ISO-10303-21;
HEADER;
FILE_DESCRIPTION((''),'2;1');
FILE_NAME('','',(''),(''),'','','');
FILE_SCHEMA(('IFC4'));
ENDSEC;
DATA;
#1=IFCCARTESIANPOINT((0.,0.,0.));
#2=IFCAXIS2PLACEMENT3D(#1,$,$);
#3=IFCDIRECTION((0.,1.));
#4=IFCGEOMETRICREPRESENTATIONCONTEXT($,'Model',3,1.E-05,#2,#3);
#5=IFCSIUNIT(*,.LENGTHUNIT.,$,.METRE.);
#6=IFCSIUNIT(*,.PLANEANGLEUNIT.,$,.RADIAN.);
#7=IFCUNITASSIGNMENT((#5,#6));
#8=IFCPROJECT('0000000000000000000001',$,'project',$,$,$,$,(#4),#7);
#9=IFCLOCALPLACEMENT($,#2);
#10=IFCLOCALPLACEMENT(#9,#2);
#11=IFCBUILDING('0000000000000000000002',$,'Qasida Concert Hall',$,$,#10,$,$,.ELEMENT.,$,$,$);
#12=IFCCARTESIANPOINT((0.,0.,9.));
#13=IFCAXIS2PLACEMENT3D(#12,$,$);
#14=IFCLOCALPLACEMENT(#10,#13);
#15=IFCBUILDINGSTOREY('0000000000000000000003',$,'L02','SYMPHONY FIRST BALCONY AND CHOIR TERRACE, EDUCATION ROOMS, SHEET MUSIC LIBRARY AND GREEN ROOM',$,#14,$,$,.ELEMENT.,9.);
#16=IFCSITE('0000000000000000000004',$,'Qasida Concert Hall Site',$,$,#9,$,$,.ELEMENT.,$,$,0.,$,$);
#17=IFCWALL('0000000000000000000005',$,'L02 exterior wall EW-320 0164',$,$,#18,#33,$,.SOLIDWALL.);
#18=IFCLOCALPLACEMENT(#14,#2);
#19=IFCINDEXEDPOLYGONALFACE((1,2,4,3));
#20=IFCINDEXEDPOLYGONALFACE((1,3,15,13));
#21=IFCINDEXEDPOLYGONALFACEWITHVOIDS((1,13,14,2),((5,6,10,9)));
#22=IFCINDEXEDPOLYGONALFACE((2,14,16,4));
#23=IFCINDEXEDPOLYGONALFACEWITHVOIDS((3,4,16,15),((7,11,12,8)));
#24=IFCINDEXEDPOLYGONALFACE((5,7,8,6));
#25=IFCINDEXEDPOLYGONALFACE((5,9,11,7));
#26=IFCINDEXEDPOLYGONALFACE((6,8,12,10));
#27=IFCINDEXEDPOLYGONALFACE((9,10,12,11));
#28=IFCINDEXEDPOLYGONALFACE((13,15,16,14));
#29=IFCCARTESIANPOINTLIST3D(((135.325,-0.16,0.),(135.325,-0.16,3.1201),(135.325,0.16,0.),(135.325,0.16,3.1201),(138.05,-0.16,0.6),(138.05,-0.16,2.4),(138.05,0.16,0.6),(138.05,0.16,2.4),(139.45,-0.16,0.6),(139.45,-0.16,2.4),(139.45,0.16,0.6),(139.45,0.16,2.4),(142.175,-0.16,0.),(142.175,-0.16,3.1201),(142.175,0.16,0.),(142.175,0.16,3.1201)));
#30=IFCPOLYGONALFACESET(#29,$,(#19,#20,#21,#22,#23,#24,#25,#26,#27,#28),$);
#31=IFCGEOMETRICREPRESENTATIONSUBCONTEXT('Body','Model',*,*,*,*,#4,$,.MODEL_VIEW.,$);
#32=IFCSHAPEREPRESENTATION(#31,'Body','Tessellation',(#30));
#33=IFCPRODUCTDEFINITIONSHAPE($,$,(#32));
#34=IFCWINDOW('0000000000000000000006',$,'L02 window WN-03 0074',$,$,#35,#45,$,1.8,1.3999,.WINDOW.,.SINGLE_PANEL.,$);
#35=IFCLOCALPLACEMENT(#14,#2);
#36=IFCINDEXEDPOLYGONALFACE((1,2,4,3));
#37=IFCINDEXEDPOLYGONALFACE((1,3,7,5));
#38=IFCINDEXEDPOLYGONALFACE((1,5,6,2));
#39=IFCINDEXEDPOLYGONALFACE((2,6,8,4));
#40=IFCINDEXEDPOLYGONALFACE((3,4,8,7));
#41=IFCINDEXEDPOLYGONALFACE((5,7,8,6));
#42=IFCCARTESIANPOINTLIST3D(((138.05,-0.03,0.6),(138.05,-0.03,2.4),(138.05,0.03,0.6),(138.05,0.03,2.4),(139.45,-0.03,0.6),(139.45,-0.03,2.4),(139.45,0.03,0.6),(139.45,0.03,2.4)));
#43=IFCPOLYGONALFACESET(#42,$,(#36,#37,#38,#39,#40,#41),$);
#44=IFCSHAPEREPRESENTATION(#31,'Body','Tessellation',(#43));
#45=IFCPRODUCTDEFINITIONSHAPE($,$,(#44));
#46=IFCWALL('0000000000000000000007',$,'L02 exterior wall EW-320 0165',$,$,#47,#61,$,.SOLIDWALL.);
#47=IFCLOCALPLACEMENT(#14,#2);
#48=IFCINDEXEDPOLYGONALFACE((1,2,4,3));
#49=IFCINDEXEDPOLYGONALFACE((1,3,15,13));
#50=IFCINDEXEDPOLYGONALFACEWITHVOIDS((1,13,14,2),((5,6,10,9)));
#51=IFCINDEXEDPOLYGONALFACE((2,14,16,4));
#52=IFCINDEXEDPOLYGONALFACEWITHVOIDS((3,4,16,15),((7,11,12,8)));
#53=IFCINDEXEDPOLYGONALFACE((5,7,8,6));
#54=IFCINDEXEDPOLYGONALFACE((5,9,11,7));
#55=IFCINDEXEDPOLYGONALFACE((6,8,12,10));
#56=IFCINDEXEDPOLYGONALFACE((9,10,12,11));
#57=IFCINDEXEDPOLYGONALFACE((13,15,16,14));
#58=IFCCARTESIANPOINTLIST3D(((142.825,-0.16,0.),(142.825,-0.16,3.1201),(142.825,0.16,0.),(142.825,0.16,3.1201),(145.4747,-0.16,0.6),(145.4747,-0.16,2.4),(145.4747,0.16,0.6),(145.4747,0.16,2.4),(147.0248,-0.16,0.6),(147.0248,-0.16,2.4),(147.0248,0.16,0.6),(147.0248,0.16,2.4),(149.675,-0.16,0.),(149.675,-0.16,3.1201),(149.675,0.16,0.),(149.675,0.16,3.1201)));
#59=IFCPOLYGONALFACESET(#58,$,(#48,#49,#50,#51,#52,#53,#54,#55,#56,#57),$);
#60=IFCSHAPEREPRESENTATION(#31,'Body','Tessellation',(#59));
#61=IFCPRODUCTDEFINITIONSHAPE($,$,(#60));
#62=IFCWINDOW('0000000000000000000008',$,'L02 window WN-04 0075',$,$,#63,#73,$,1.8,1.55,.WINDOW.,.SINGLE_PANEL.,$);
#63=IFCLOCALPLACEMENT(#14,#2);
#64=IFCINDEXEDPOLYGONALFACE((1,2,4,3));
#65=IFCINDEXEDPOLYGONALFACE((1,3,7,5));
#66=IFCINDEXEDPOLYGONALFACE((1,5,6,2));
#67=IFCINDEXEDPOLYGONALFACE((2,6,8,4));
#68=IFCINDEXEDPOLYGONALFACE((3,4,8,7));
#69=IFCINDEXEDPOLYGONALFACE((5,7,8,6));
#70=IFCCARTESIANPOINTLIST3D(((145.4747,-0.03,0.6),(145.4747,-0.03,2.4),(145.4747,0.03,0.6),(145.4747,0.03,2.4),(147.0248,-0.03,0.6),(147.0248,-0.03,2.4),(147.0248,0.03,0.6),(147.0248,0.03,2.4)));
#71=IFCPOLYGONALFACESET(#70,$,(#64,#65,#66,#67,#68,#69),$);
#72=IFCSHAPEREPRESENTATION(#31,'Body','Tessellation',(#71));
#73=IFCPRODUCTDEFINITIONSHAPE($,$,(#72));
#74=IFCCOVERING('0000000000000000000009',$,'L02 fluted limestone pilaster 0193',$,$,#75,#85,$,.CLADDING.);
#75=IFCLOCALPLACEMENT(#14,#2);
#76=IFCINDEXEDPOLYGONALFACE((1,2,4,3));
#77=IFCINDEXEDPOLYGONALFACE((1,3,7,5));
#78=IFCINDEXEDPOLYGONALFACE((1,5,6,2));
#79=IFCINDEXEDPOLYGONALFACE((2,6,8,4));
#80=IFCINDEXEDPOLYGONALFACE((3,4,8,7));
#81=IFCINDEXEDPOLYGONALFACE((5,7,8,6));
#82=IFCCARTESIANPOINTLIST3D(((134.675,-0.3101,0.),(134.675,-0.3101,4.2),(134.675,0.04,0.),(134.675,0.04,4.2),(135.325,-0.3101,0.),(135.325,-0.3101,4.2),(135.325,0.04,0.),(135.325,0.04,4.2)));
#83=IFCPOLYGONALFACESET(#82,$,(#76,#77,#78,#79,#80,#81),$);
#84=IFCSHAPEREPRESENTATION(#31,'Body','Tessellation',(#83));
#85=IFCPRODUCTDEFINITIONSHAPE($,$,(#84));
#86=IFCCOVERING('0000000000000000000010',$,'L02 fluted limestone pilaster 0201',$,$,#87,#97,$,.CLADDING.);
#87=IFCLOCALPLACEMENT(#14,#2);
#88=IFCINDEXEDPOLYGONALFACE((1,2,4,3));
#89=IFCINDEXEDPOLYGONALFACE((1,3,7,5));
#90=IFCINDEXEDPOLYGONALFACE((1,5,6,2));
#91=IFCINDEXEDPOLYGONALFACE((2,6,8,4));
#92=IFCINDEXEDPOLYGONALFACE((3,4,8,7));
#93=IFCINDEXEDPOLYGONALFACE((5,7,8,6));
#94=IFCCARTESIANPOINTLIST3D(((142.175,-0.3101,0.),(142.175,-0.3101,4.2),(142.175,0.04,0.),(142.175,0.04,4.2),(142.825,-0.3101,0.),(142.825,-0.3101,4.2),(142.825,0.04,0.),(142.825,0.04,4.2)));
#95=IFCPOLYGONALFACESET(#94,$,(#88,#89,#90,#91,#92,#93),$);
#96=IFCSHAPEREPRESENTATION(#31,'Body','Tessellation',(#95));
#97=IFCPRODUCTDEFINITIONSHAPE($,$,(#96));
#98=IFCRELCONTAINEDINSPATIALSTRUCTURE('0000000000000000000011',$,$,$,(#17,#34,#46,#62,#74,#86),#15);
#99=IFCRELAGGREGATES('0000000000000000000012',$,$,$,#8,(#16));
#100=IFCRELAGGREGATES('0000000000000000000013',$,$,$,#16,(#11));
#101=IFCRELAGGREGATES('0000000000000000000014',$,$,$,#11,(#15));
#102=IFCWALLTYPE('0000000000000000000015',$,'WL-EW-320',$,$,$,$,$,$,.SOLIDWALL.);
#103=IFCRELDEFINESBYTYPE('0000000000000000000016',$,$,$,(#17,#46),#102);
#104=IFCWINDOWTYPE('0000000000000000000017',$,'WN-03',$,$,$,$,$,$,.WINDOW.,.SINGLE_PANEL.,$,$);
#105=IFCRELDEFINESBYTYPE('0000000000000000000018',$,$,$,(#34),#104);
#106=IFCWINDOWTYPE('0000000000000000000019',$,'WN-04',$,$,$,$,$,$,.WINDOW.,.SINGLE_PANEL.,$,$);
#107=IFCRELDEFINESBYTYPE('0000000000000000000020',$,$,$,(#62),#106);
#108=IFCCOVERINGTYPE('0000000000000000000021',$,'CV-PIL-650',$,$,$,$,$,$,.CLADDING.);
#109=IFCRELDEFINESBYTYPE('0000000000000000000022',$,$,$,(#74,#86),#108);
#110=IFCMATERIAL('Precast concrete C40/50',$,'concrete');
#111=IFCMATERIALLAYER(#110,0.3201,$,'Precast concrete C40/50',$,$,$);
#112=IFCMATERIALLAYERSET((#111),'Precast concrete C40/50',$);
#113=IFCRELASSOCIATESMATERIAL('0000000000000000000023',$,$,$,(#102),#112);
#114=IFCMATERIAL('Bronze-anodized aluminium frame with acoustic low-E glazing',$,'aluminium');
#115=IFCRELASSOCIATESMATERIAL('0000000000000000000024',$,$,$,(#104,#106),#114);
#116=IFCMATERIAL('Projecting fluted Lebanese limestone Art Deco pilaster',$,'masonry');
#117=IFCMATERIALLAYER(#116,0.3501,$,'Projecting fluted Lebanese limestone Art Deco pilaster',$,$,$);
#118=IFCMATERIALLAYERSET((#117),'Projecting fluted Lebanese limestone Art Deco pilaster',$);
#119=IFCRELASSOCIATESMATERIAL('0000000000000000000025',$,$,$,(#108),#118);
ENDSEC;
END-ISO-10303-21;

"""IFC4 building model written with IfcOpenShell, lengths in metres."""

from ifc_helpers import new_model, si_unit, direction, frame, frame_2d, origin, origin_2d, place, context, subcontext, project, spatial, rectangle, extrude, material, layer, layer_set, type_object, element, fill, save


model = new_model("IFC4")

# Units and contexts
model_context = context("Model", 3, precision=1e-05, world=origin(), true_north=direction((0.0, 1.0)))
body_context = subcontext(model_context, "Body", "Model", "MODEL_VIEW")
ifc_project = project(units=[si_unit("LENGTHUNIT", "METRE"), si_unit("PLANEANGLEUNIT", "RADIAN")], contexts=[model_context])

# Site, building, storey
site_placement = place(None, origin())
site = spatial("IfcSite", under=ifc_project, at=site_placement, Name="Qasida Concert Hall Site", CompositionType="ELEMENT", RefElevation=0.0)
building_placement = place(site_placement, origin())
building = spatial("IfcBuilding", under=site, at=building_placement, Name="Qasida Concert Hall", CompositionType="ELEMENT")
storey_placement = place(building_placement, frame((0.0, 0.0, 9.0)))
storey = spatial("IfcBuildingStorey", under=building, at=storey_placement, Name="L02", Description="SYMPHONY FIRST BALCONY AND CHOIR TERRACE, EDUCATION ROOMS, SHEET MUSIC LIBRARY AND GREEN ROOM", CompositionType="ELEMENT", Elevation=9.0)

# Walls, openings, windows
ifc_material_1 = material(Name="Precast concrete C40/50", Category="concrete")
ifc_layer_1 = layer(ifc_material_1, 0.3201, Name="Precast concrete C40/50")
ifc_layer_set_1 = layer_set([ifc_layer_1], Name="Precast concrete C40/50")
wall_type_1 = type_object("IfcWallType", Name="WL-EW-320", PredefinedType="SOLIDWALL", material=ifc_layer_set_1)
wall_1_placement = place(storey_placement, frame((135.325, 0.0, 0.0), z_axis=(0.0, 0.0, 1.0), x_axis=(1.0, 0.0, 0.0)))
wall_1 = element("IfcWall", 1, at=wall_1_placement, inside=storey, type_object=wall_type_1, Name="L02 exterior wall EW-320 0164", PredefinedType="SOLIDWALL", context=body_context, shape_type="SweptSolid", body=[
    extrude(rectangle(XDim=6.8501, YDim=0.3201, at=frame_2d((3.425, 0.0))), origin(), (0.0, 0.0, 1.0), 3.1201),
])
opening_1_placement = place(wall_1_placement, frame((2.7251, 0.0, 0.6001)))
opening_1 = element("IfcOpeningElement", 2, at=opening_1_placement, cuts=wall_1, PredefinedType="OPENING", context=body_context, shape_type="SweptSolid", body=[
    extrude(rectangle(XDim=1.3999, YDim=1.8, at=frame_2d((0.7, 0.8999))), frame((0.0, 0.1699, 0.0), z_axis=(0.0, -1.0, 0.0), x_axis=(1.0, 0.0, 0.0)), (0.0, 0.0, 1.0), 0.3401),
])
ifc_material_2 = material(Name="Bronze-anodized aluminium frame with acoustic low-E glazing", Category="aluminium")
window_type_1 = type_object("IfcWindowType", Name="WN-03", PartitioningType="SINGLE_PANEL", PredefinedType="WINDOW", material=ifc_material_2)
window_1_placement = place(opening_1_placement, origin())
window_1 = element("IfcWindow", 3, at=window_1_placement, inside=storey, type_object=window_type_1, Name="L02 window WN-03 0074", OverallHeight=1.8, OverallWidth=1.3999, PartitioningType="SINGLE_PANEL", PredefinedType="WINDOW", context=body_context, shape_type="SweptSolid", body=[
    extrude(rectangle(XDim=1.3999, YDim=1.8, at=frame_2d((0.7, 0.8999))), frame((0.0, 0.03, 0.0), z_axis=(0.0, -1.0, 0.0), x_axis=(1.0, 0.0, 0.0)), (0.0, 0.0, 1.0), 0.0601),
])
fill(opening_1, window_1)
wall_2_placement = place(storey_placement, frame((142.825, 0.0, 0.0), z_axis=(0.0, 0.0, 1.0), x_axis=(1.0, 0.0, 0.0)))
wall_2 = element("IfcWall", 4, at=wall_2_placement, inside=storey, type_object=wall_type_1, Name="L02 exterior wall EW-320 0165", PredefinedType="SOLIDWALL", context=body_context, shape_type="SweptSolid", body=[
    extrude(rectangle(XDim=6.8501, YDim=0.3201, at=frame_2d((3.425, 0.0))), origin(), (0.0, 0.0, 1.0), 3.1201),
])
opening_2_placement = place(wall_2_placement, frame((2.6499, 0.0, 0.6001)))
opening_2 = element("IfcOpeningElement", 5, at=opening_2_placement, cuts=wall_2, PredefinedType="OPENING", context=body_context, shape_type="SweptSolid", body=[
    extrude(rectangle(XDim=1.55, YDim=1.8, at=frame_2d((0.7749, 0.8999))), frame((0.0, 0.1699, 0.0), z_axis=(0.0, -1.0, 0.0), x_axis=(1.0, 0.0, 0.0)), (0.0, 0.0, 1.0), 0.3401),
])
window_type_2 = type_object("IfcWindowType", Name="WN-04", PartitioningType="SINGLE_PANEL", PredefinedType="WINDOW", material=ifc_material_2)
window_2_placement = place(opening_2_placement, origin())
window_2 = element("IfcWindow", 6, at=window_2_placement, inside=storey, type_object=window_type_2, Name="L02 window WN-04 0075", OverallHeight=1.8, OverallWidth=1.55, PartitioningType="SINGLE_PANEL", PredefinedType="WINDOW", context=body_context, shape_type="SweptSolid", body=[
    extrude(rectangle(XDim=1.55, YDim=1.8, at=frame_2d((0.7749, 0.8999))), frame((0.0, 0.03, 0.0), z_axis=(0.0, -1.0, 0.0), x_axis=(1.0, 0.0, 0.0)), (0.0, 0.0, 1.0), 0.0601),
])
fill(opening_2, window_2)

# Coverings
ifc_material_3 = material(Name="Projecting fluted Lebanese limestone Art Deco pilaster", Category="masonry")
ifc_layer_2 = layer(ifc_material_3, 0.3501, Name="Projecting fluted Lebanese limestone Art Deco pilaster")
ifc_layer_set_2 = layer_set([ifc_layer_2], Name="Projecting fluted Lebanese limestone Art Deco pilaster")
covering_type = type_object("IfcCoveringType", Name="CV-PIL-650", PredefinedType="CLADDING", material=ifc_layer_set_2)
for number, where, z_axis, x_axis, name in (
    (7, (135.0, -0.135, 0.0), (0.0, 0.0, 1.0), (1.0, 0.0, 0.0), "L02 fluted limestone pilaster 0193"),
    (8, (142.5, -0.135, 0.0), (0.0, 0.0, 1.0), (1.0, 0.0, 0.0), "L02 fluted limestone pilaster 0201"),
):
    element("IfcCovering", number, at=place(storey_placement, frame(where, z_axis=z_axis, x_axis=x_axis)), inside=storey, type_object=covering_type, Name=name, PredefinedType="CLADDING", context=body_context, shape_type="SweptSolid", body=[
        extrude(rectangle(XDim=0.6499, YDim=0.3501, at=origin_2d()), origin(), (0.0, 0.0, 1.0), 4.2),
    ])

save(model, "model.ifc")
